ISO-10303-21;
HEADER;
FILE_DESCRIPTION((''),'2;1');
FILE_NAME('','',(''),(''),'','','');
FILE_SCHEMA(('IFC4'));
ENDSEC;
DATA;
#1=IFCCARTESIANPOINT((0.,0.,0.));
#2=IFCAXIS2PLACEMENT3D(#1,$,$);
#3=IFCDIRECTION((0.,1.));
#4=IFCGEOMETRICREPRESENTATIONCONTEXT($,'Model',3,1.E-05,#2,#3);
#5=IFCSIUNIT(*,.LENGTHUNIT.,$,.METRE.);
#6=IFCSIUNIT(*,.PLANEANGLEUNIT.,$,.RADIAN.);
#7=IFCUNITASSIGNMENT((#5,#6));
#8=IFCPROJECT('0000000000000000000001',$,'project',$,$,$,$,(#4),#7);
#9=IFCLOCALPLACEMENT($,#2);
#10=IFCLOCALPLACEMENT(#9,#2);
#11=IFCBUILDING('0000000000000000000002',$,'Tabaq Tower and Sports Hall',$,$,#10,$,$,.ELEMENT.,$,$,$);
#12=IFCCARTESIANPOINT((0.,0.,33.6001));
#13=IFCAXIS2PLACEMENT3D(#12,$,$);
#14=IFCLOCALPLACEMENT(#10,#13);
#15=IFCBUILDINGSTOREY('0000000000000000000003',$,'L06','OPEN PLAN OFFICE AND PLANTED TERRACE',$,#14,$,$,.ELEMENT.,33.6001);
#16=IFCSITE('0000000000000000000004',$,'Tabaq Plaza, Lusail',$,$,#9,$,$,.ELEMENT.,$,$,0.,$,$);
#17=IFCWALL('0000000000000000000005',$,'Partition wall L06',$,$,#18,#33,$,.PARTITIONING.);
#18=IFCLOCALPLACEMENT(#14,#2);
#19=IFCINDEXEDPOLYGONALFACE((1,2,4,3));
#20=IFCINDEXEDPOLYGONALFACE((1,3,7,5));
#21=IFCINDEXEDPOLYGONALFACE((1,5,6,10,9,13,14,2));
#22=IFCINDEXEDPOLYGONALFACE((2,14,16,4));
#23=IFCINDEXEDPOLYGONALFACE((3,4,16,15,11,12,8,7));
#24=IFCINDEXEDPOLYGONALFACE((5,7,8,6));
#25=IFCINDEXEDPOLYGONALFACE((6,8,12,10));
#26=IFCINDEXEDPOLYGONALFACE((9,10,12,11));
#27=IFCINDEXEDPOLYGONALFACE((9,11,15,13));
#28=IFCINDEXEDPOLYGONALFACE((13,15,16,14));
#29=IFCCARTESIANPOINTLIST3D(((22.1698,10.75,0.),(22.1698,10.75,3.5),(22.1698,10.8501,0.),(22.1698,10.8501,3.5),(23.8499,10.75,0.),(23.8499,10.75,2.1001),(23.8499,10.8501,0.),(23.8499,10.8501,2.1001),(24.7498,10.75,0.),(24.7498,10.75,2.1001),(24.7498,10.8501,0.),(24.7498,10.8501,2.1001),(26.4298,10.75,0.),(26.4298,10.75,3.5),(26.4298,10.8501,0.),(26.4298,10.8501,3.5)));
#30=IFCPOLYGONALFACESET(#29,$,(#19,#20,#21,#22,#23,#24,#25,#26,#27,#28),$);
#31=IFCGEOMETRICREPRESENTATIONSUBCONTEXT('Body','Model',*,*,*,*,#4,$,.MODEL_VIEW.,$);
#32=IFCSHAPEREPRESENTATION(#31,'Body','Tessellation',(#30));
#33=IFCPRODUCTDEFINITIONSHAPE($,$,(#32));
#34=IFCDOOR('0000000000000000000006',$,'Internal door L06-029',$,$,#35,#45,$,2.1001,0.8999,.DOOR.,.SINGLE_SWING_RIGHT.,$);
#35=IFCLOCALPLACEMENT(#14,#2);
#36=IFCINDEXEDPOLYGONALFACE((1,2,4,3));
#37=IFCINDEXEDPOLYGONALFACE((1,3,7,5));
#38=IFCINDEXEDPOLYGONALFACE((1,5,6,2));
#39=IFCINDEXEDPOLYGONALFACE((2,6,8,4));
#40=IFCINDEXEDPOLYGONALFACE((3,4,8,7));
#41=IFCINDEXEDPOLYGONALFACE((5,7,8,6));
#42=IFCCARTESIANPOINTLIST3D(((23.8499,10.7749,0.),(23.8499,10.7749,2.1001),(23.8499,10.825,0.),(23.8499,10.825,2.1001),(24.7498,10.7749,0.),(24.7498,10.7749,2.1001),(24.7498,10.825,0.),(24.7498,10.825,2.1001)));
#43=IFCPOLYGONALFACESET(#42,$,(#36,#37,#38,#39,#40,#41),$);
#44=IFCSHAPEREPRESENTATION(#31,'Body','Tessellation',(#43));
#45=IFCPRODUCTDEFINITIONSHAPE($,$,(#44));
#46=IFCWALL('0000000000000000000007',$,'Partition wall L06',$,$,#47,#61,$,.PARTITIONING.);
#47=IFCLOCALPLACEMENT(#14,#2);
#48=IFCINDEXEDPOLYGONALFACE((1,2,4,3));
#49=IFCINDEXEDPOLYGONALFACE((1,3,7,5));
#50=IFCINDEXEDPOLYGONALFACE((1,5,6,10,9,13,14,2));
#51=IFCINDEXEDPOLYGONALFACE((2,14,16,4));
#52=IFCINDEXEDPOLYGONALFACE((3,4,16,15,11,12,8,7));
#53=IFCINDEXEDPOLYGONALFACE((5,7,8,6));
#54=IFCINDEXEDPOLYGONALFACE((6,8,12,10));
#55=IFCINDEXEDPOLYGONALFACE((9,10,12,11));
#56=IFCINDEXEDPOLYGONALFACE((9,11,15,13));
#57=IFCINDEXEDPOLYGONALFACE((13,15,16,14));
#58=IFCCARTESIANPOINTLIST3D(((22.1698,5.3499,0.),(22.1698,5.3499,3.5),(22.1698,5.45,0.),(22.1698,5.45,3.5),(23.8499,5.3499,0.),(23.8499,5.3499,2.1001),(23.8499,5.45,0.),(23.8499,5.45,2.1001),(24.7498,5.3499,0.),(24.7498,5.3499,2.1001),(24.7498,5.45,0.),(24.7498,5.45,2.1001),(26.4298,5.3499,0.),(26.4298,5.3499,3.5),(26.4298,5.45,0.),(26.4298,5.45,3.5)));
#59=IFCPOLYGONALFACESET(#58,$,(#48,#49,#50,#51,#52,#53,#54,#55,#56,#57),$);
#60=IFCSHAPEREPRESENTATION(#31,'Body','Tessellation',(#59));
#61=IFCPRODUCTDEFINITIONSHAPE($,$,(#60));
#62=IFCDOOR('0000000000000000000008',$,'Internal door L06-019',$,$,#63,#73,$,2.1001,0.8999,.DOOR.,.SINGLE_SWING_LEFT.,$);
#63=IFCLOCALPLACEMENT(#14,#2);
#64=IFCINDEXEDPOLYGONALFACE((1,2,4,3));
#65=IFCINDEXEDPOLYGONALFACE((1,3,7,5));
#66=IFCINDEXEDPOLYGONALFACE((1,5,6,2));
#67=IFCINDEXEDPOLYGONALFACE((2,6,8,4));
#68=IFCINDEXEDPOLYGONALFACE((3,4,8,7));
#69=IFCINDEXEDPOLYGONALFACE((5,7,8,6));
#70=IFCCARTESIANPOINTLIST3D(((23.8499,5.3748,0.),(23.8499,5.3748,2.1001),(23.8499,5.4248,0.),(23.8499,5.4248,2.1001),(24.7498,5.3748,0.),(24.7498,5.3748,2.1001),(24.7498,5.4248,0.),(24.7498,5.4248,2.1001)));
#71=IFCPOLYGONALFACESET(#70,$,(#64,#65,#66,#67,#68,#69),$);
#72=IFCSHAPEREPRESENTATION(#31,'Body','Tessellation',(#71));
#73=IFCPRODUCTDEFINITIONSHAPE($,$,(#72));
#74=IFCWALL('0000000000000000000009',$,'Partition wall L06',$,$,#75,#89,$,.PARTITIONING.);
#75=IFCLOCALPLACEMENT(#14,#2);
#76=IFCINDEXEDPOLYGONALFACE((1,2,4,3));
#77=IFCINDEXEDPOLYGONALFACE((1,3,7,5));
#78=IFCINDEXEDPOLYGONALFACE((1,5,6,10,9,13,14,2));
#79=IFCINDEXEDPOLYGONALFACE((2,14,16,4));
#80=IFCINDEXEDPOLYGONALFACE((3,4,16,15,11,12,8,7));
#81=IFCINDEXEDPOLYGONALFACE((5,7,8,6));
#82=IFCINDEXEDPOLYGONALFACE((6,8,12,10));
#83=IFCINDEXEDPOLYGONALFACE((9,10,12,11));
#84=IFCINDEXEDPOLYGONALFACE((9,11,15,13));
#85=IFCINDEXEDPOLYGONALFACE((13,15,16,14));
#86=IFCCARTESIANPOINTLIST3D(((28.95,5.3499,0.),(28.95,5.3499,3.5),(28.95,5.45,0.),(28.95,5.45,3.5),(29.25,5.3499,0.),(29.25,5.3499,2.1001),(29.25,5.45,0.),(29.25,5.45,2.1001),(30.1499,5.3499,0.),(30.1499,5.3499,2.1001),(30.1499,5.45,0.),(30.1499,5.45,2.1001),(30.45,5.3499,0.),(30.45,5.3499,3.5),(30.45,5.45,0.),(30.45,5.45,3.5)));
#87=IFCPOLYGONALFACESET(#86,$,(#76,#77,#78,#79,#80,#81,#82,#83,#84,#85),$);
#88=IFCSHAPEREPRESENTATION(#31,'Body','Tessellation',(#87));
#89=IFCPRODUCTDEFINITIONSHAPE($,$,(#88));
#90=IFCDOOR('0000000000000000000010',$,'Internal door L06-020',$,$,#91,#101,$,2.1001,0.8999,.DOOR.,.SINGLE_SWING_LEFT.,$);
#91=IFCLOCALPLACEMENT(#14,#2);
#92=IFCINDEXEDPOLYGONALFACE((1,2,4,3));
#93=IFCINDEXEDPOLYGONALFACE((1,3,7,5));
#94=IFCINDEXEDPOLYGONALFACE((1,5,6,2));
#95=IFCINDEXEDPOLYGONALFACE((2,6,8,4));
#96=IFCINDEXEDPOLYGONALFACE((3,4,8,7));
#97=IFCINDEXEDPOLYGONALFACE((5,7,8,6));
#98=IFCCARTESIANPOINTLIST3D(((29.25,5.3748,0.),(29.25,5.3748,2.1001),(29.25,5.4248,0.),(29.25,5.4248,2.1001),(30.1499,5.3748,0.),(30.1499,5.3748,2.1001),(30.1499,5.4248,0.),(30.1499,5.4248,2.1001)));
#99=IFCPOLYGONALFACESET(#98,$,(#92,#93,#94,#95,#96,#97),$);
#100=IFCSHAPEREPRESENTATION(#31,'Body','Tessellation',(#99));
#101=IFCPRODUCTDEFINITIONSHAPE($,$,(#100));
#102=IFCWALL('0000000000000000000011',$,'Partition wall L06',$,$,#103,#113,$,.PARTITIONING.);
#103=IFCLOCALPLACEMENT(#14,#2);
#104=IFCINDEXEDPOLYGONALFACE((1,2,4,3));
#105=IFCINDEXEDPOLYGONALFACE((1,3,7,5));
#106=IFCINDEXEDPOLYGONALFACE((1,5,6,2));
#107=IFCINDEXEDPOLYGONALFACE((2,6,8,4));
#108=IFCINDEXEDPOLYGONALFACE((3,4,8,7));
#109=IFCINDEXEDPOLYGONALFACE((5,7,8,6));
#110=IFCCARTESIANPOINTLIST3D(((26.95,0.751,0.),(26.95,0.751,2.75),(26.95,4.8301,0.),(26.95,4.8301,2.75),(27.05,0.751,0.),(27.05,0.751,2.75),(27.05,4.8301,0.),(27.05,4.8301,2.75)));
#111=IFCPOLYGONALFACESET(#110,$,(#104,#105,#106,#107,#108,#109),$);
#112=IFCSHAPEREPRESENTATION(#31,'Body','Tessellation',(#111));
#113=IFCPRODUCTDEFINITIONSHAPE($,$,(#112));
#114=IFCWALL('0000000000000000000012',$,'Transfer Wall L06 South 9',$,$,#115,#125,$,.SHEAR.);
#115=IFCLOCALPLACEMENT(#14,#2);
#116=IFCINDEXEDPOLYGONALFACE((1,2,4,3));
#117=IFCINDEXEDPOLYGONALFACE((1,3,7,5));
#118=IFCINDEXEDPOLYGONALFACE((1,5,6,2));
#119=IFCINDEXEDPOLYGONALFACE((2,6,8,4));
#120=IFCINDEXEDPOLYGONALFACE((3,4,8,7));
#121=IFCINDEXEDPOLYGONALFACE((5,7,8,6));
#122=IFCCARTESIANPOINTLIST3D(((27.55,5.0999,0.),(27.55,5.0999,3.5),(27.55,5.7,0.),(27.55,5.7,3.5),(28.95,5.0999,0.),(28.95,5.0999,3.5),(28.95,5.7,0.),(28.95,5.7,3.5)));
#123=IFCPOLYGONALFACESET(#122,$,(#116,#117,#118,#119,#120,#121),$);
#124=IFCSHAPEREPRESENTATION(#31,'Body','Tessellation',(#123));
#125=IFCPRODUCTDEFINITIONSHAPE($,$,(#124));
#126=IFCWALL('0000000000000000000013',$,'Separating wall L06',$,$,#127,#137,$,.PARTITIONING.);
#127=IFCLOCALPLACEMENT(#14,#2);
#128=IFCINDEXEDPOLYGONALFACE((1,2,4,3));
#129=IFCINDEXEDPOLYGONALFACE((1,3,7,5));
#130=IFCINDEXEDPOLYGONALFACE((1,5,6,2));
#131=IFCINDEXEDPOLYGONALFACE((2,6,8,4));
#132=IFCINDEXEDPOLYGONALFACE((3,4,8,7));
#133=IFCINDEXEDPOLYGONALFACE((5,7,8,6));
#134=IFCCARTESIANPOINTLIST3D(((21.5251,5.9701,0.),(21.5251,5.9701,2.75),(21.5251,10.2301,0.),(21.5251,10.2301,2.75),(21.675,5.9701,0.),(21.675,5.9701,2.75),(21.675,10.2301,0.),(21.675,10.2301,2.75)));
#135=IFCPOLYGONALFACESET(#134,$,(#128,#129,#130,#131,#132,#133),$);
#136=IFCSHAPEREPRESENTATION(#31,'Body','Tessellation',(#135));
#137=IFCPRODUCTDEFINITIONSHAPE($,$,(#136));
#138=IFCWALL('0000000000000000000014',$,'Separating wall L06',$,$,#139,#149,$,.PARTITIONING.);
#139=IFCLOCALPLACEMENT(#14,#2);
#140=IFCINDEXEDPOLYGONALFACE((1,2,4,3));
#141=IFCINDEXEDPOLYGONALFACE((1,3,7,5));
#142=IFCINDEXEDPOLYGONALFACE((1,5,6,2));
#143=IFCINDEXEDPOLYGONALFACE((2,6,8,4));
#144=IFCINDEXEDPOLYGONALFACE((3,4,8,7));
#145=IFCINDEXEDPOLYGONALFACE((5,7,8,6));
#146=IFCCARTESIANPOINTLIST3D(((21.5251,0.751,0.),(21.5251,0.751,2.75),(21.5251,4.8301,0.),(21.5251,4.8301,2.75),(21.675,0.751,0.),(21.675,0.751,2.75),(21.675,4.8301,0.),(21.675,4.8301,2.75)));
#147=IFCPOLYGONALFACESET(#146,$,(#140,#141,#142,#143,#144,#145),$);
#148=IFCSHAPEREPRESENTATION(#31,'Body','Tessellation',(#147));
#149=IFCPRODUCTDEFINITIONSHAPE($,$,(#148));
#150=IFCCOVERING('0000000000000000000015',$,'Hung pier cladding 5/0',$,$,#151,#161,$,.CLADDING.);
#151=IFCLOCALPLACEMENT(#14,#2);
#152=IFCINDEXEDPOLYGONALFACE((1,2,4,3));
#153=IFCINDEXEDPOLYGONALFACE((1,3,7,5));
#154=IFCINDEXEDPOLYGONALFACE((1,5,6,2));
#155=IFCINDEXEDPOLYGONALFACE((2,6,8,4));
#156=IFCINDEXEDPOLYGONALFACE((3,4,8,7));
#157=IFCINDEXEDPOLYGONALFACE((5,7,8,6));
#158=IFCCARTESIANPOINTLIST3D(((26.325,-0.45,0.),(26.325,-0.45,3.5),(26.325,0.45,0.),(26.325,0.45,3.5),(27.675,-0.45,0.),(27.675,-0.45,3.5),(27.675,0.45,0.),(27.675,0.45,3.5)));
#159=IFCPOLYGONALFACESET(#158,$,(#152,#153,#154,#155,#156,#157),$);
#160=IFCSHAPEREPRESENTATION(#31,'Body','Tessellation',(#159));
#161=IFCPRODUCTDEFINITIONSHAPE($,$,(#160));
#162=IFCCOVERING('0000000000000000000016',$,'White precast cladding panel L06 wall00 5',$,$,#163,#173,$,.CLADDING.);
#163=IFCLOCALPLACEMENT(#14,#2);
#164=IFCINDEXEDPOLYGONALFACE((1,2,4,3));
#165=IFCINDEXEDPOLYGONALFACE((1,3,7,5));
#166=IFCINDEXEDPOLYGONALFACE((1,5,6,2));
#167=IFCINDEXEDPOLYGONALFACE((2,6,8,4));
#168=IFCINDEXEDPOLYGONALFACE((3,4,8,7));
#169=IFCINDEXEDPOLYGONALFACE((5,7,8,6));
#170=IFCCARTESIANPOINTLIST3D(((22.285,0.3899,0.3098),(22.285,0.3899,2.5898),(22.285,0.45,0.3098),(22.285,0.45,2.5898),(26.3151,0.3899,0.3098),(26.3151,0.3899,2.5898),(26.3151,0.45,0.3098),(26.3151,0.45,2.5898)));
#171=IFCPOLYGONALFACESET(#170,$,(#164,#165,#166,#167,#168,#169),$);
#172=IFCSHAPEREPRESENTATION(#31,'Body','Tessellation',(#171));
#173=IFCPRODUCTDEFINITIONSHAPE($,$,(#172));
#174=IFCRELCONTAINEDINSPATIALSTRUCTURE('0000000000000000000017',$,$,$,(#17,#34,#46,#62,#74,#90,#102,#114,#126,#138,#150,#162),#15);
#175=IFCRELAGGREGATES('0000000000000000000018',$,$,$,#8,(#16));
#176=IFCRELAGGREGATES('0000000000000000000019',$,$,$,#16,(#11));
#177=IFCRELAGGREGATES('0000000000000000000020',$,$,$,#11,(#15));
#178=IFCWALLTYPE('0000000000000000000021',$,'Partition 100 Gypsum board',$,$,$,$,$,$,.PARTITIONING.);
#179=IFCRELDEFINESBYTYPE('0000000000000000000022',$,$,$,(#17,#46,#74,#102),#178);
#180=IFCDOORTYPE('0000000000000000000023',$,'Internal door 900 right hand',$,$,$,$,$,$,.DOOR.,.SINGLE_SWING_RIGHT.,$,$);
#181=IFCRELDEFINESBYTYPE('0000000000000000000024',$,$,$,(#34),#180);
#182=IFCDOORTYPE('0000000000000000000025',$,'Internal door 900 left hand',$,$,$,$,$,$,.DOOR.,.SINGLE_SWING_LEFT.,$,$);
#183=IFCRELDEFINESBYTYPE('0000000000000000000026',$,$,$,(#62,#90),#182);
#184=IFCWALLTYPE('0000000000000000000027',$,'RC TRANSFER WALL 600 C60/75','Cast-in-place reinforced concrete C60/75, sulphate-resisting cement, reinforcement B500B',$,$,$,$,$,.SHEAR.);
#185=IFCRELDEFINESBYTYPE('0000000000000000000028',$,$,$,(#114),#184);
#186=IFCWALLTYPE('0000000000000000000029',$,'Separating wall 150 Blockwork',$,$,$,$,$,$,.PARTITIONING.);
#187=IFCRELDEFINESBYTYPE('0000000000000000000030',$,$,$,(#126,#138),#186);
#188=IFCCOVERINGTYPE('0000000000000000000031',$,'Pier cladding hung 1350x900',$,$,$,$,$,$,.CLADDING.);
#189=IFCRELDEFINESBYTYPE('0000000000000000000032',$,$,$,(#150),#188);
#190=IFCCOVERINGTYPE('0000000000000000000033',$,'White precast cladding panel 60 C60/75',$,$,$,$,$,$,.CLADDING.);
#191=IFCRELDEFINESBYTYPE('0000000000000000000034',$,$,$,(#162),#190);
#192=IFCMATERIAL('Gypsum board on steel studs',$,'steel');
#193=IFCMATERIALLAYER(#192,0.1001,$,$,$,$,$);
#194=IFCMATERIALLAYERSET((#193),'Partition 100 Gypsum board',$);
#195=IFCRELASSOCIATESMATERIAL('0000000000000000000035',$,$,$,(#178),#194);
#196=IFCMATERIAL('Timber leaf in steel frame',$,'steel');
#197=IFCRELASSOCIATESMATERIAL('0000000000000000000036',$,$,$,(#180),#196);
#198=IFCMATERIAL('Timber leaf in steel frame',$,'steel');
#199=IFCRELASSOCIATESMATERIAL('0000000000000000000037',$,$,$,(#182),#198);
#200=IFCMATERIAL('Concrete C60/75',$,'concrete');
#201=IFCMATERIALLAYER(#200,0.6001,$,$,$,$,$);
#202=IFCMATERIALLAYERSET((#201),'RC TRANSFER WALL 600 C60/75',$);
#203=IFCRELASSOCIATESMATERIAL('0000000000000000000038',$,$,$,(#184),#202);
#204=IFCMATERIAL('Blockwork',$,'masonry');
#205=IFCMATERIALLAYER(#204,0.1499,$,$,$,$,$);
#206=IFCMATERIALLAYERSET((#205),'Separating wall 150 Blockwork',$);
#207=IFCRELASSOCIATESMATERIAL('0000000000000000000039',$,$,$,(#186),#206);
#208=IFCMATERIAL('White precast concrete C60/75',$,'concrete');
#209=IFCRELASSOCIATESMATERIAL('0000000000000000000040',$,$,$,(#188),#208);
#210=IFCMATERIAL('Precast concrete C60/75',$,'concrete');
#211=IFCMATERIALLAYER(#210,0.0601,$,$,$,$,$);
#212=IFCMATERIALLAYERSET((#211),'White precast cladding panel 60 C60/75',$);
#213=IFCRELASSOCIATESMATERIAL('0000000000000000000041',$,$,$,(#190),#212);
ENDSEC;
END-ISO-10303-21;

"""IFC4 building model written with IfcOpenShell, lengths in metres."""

from ifc_helpers import new_model, si_unit, direction, frame, frame_2d, origin, place, context, subcontext, project, spatial, rectangle, extrude, material, layer, layer_set, type_object, element, fill, save


model = new_model("IFC4")

# Units and contexts
model_context = context("Model", 3, precision=1e-05, world=origin(), true_north=direction((0.0, 1.0)))
body_context = subcontext(model_context, "Body", "Model", "MODEL_VIEW")
ifc_project = project(units=[si_unit("LENGTHUNIT", "METRE"), si_unit("PLANEANGLEUNIT", "RADIAN")], contexts=[model_context])

# Site, building, storey
site_placement = place(None, origin())
site = spatial("IfcSite", under=ifc_project, at=site_placement, Name="Tabaq Plaza, Lusail", CompositionType="ELEMENT", RefElevation=0.0)
building_placement = place(site_placement, origin())
building = spatial("IfcBuilding", under=site, at=building_placement, Name="Tabaq Tower and Sports Hall", CompositionType="ELEMENT")
storey_placement = place(building_placement, frame((0.0, 0.0, 33.6001)))
storey = spatial("IfcBuildingStorey", under=building, at=storey_placement, Name="L06", Description="OPEN PLAN OFFICE AND PLANTED TERRACE", CompositionType="ELEMENT", Elevation=33.6001)

# Walls, openings, doors
ifc_material_1 = material(Name="Gypsum board on steel studs", Category="steel")
ifc_layer_1 = layer(ifc_material_1, 0.1001)
ifc_layer_set_1 = layer_set([ifc_layer_1], Name="Partition 100 Gypsum board")
wall_type_1 = type_object("IfcWallType", Name="Partition 100 Gypsum board", PredefinedType="PARTITIONING", material=ifc_layer_set_1)
wall_1_placement = place(storey_placement, frame((22.1699, 10.8, 0.0), z_axis=(0.0, 0.0, 1.0), x_axis=(1.0, 0.0, 0.0)))
wall_1 = element("IfcWall", 1, at=wall_1_placement, inside=storey, type_object=wall_type_1, Name="Partition wall L06", PredefinedType="PARTITIONING", context=body_context, shape_type="SweptSolid", body=[
    extrude(rectangle(XDim=4.26, YDim=0.1001, at=frame_2d((2.1299, 0.0))), origin(), (0.0, 0.0, 1.0), 3.5),
])
opening_1_placement = place(wall_1_placement, frame((1.6799, 0.0, 0.0)))
opening_1 = element("IfcOpeningElement", 2, at=opening_1_placement, cuts=wall_1, PredefinedType="OPENING", context=body_context, shape_type="SweptSolid", body=[
    extrude(rectangle(XDim=0.8999, YDim=2.1001, at=frame_2d((0.45, 1.05))), frame((0.0, 0.05, 0.0), z_axis=(0.0, -1.0, 0.0), x_axis=(1.0, 0.0, 0.0)), (0.0, 0.0, 1.0), 0.1001),
])
ifc_material_2 = material(Name="Timber leaf in steel frame", Category="steel")
door_type_1 = type_object("IfcDoorType", Name="Internal door 900 right hand", OperationType="SINGLE_SWING_RIGHT", PredefinedType="DOOR", material=ifc_material_2)
door_1_placement = place(opening_1_placement, origin())
door_1 = element("IfcDoor", 3, at=door_1_placement, inside=storey, type_object=door_type_1, Name="Internal door L06-029", OperationType="SINGLE_SWING_RIGHT", OverallHeight=2.1001, OverallWidth=0.8999, PredefinedType="DOOR", context=body_context, shape_type="SweptSolid", body=[
    extrude(rectangle(XDim=0.8999, YDim=2.1001, at=frame_2d((0.45, 1.05))), frame((0.0, 0.0249, 0.0), z_axis=(0.0, -1.0, 0.0), x_axis=(1.0, 0.0, 0.0)), (0.0, 0.0, 1.0), 0.05),
])
fill(opening_1, door_1)
wall_2_placement = place(storey_placement, frame((22.1699, 5.3999, 0.0), z_axis=(0.0, 0.0, 1.0), x_axis=(1.0, 0.0, 0.0)))
wall_2 = element("IfcWall", 4, at=wall_2_placement, inside=storey, type_object=wall_type_1, Name="Partition wall L06", PredefinedType="PARTITIONING", context=body_context, shape_type="SweptSolid", body=[
    extrude(rectangle(XDim=4.26, YDim=0.1001, at=frame_2d((2.1299, 0.0))), origin(), (0.0, 0.0, 1.0), 3.5),
])
opening_2_placement = place(wall_2_placement, frame((1.6799, 0.0, 0.0)))
opening_2 = element("IfcOpeningElement", 5, at=opening_2_placement, cuts=wall_2, PredefinedType="OPENING", context=body_context, shape_type="SweptSolid", body=[
    extrude(rectangle(XDim=0.8999, YDim=2.1001, at=frame_2d((0.45, 1.05))), frame((0.0, 0.05, 0.0), z_axis=(0.0, -1.0, 0.0), x_axis=(1.0, 0.0, 0.0)), (0.0, 0.0, 1.0), 0.1001),
])
ifc_material_3 = material(Name="Timber leaf in steel frame", Category="steel")
door_type_2 = type_object("IfcDoorType", Name="Internal door 900 left hand", OperationType="SINGLE_SWING_LEFT", PredefinedType="DOOR", material=ifc_material_3)
door_2_placement = place(opening_2_placement, origin())
door_2 = element("IfcDoor", 6, at=door_2_placement, inside=storey, type_object=door_type_2, Name="Internal door L06-019", OperationType="SINGLE_SWING_LEFT", OverallHeight=2.1001, OverallWidth=0.8999, PredefinedType="DOOR", context=body_context, shape_type="SweptSolid", body=[
    extrude(rectangle(XDim=0.8999, YDim=2.1001, at=frame_2d((0.45, 1.05))), frame((0.0, 0.0249, 0.0), z_axis=(0.0, -1.0, 0.0), x_axis=(1.0, 0.0, 0.0)), (0.0, 0.0, 1.0), 0.05),
])
fill(opening_2, door_2)
wall_3_placement = place(storey_placement, frame((28.95, 5.3999, 0.0), z_axis=(0.0, 0.0, 1.0), x_axis=(1.0, 0.0, 0.0)))
wall_3 = element("IfcWall", 7, at=wall_3_placement, inside=storey, type_object=wall_type_1, Name="Partition wall L06", PredefinedType="PARTITIONING", context=body_context, shape_type="SweptSolid", body=[
    extrude(rectangle(XDim=1.5, YDim=0.1001, at=frame_2d((0.75, 0.0))), origin(), (0.0, 0.0, 1.0), 3.5),
])
opening_3_placement = place(wall_3_placement, frame((0.3, 0.0, 0.0)))
opening_3 = element("IfcOpeningElement", 8, at=opening_3_placement, cuts=wall_3, PredefinedType="OPENING", context=body_context, shape_type="SweptSolid", body=[
    extrude(rectangle(XDim=0.8999, YDim=2.1001, at=frame_2d((0.45, 1.05))), frame((0.0, 0.05, 0.0), z_axis=(0.0, -1.0, 0.0), x_axis=(1.0, 0.0, 0.0)), (0.0, 0.0, 1.0), 0.1001),
])
door_3_placement = place(opening_3_placement, origin())
door_3 = element("IfcDoor", 9, at=door_3_placement, inside=storey, type_object=door_type_2, Name="Internal door L06-020", OperationType="SINGLE_SWING_LEFT", OverallHeight=2.1001, OverallWidth=0.8999, PredefinedType="DOOR", context=body_context, shape_type="SweptSolid", body=[
    extrude(rectangle(XDim=0.8999, YDim=2.1001, at=frame_2d((0.45, 1.05))), frame((0.0, 0.0249, 0.0), z_axis=(0.0, -1.0, 0.0), x_axis=(1.0, 0.0, 0.0)), (0.0, 0.0, 1.0), 0.05),
])
fill(opening_3, door_3)

# Walls
wall_4_placement = place(storey_placement, frame((27.0, 4.8301, 0.0), z_axis=(0.0, 0.0, 1.0), x_axis=(0.0, -1.0, 0.0)))
element("IfcWall", 10, at=wall_4_placement, inside=storey, type_object=wall_type_1, Name="Partition wall L06", PredefinedType="PARTITIONING", context=body_context, shape_type="SweptSolid", body=[
    extrude(rectangle(XDim=4.0791, YDim=0.1001, at=frame_2d((2.0396, 0.0))), origin(), (0.0, 0.0, 1.0), 2.75),
])
ifc_material_4 = material(Name="Concrete C60/75", Category="concrete")
ifc_layer_2 = layer(ifc_material_4, 0.6001)
ifc_layer_set_2 = layer_set([ifc_layer_2], Name="RC TRANSFER WALL 600 C60/75")
wall_type_2 = type_object("IfcWallType", Name="RC TRANSFER WALL 600 C60/75", Description="Cast-in-place reinforced concrete C60/75, sulphate-resisting cement, reinforcement B500B", PredefinedType="SHEAR", material=ifc_layer_set_2)
wall_5_placement = place(storey_placement, frame((27.55, 5.3999, 0.0), z_axis=(0.0, 0.0, 1.0), x_axis=(1.0, 0.0, 0.0)))
element("IfcWall", 11, at=wall_5_placement, inside=storey, type_object=wall_type_2, Name="Transfer Wall L06 South 9", PredefinedType="SHEAR", context=body_context, shape_type="SweptSolid", body=[
    extrude(rectangle(XDim=1.3999, YDim=0.6001, at=frame_2d((0.7, 0.0))), origin(), (0.0, 0.0, 1.0), 3.5),
])
ifc_material_5 = material(Name="Blockwork", Category="masonry")
ifc_layer_3 = layer(ifc_material_5, 0.1499)
ifc_layer_set_3 = layer_set([ifc_layer_3], Name="Separating wall 150 Blockwork")
wall_type_3 = type_object("IfcWallType", Name="Separating wall 150 Blockwork", PredefinedType="PARTITIONING", material=ifc_layer_set_3)
wall_6_placement = place(storey_placement, frame((21.6001, 10.23, 0.0), z_axis=(0.0, 0.0, 1.0), x_axis=(0.0, -1.0, 0.0)))
element("IfcWall", 12, at=wall_6_placement, inside=storey, type_object=wall_type_3, Name="Separating wall L06", PredefinedType="PARTITIONING", context=body_context, shape_type="SweptSolid", body=[
    extrude(rectangle(XDim=4.26, YDim=0.1499, at=frame_2d((2.1299, 0.0))), origin(), (0.0, 0.0, 1.0), 2.75),
])
wall_7_placement = place(storey_placement, frame((21.6001, 4.8301, 0.0), z_axis=(0.0, 0.0, 1.0), x_axis=(0.0, -1.0, 0.0)))
element("IfcWall", 13, at=wall_7_placement, inside=storey, type_object=wall_type_3, Name="Separating wall L06", PredefinedType="PARTITIONING", context=body_context, shape_type="SweptSolid", body=[
    extrude(rectangle(XDim=4.0791, YDim=0.1499, at=frame_2d((2.0396, 0.0))), origin(), (0.0, 0.0, 1.0), 2.75),
])

# Coverings
ifc_material_6 = material(Name="White precast concrete C60/75", Category="concrete")
covering_type_1 = type_object("IfcCoveringType", Name="Pier cladding hung 1350x900", PredefinedType="CLADDING", material=ifc_material_6)
covering_1_placement = place(storey_placement, frame((26.325, 0.0, 0.0), z_axis=(0.0, 0.0, 1.0), x_axis=(1.0, 0.0, 0.0)))
element("IfcCovering", 14, at=covering_1_placement, inside=storey, type_object=covering_type_1, Name="Hung pier cladding 5/0", PredefinedType="CLADDING", context=body_context, shape_type="SweptSolid", body=[
    extrude(rectangle(XDim=1.3501, YDim=0.8999, at=frame_2d((0.675, 0.0))), origin(), (0.0, 0.0, 1.0), 3.5),
])
ifc_material_7 = material(Name="Precast concrete C60/75", Category="concrete")
ifc_layer_4 = layer(ifc_material_7, 0.0601)
ifc_layer_set_4 = layer_set([ifc_layer_4], Name="White precast cladding panel 60 C60/75")
covering_type_2 = type_object("IfcCoveringType", Name="White precast cladding panel 60 C60/75", PredefinedType="CLADDING", material=ifc_layer_set_4)
covering_2_placement = place(storey_placement, frame((22.2849, 0.4199, 0.3098), z_axis=(0.0, 0.0, 1.0), x_axis=(1.0, 0.0, 0.0)))
element("IfcCovering", 15, at=covering_2_placement, inside=storey, type_object=covering_type_2, Name="White precast cladding panel L06 wall00 5", PredefinedType="CLADDING", context=body_context, shape_type="SweptSolid", body=[
    extrude(rectangle(XDim=4.03, YDim=0.0601, at=frame_2d((2.0151, 0.0))), origin(), (0.0, 0.0, 1.0), 2.28),
])

save(model, "model.ifc")
